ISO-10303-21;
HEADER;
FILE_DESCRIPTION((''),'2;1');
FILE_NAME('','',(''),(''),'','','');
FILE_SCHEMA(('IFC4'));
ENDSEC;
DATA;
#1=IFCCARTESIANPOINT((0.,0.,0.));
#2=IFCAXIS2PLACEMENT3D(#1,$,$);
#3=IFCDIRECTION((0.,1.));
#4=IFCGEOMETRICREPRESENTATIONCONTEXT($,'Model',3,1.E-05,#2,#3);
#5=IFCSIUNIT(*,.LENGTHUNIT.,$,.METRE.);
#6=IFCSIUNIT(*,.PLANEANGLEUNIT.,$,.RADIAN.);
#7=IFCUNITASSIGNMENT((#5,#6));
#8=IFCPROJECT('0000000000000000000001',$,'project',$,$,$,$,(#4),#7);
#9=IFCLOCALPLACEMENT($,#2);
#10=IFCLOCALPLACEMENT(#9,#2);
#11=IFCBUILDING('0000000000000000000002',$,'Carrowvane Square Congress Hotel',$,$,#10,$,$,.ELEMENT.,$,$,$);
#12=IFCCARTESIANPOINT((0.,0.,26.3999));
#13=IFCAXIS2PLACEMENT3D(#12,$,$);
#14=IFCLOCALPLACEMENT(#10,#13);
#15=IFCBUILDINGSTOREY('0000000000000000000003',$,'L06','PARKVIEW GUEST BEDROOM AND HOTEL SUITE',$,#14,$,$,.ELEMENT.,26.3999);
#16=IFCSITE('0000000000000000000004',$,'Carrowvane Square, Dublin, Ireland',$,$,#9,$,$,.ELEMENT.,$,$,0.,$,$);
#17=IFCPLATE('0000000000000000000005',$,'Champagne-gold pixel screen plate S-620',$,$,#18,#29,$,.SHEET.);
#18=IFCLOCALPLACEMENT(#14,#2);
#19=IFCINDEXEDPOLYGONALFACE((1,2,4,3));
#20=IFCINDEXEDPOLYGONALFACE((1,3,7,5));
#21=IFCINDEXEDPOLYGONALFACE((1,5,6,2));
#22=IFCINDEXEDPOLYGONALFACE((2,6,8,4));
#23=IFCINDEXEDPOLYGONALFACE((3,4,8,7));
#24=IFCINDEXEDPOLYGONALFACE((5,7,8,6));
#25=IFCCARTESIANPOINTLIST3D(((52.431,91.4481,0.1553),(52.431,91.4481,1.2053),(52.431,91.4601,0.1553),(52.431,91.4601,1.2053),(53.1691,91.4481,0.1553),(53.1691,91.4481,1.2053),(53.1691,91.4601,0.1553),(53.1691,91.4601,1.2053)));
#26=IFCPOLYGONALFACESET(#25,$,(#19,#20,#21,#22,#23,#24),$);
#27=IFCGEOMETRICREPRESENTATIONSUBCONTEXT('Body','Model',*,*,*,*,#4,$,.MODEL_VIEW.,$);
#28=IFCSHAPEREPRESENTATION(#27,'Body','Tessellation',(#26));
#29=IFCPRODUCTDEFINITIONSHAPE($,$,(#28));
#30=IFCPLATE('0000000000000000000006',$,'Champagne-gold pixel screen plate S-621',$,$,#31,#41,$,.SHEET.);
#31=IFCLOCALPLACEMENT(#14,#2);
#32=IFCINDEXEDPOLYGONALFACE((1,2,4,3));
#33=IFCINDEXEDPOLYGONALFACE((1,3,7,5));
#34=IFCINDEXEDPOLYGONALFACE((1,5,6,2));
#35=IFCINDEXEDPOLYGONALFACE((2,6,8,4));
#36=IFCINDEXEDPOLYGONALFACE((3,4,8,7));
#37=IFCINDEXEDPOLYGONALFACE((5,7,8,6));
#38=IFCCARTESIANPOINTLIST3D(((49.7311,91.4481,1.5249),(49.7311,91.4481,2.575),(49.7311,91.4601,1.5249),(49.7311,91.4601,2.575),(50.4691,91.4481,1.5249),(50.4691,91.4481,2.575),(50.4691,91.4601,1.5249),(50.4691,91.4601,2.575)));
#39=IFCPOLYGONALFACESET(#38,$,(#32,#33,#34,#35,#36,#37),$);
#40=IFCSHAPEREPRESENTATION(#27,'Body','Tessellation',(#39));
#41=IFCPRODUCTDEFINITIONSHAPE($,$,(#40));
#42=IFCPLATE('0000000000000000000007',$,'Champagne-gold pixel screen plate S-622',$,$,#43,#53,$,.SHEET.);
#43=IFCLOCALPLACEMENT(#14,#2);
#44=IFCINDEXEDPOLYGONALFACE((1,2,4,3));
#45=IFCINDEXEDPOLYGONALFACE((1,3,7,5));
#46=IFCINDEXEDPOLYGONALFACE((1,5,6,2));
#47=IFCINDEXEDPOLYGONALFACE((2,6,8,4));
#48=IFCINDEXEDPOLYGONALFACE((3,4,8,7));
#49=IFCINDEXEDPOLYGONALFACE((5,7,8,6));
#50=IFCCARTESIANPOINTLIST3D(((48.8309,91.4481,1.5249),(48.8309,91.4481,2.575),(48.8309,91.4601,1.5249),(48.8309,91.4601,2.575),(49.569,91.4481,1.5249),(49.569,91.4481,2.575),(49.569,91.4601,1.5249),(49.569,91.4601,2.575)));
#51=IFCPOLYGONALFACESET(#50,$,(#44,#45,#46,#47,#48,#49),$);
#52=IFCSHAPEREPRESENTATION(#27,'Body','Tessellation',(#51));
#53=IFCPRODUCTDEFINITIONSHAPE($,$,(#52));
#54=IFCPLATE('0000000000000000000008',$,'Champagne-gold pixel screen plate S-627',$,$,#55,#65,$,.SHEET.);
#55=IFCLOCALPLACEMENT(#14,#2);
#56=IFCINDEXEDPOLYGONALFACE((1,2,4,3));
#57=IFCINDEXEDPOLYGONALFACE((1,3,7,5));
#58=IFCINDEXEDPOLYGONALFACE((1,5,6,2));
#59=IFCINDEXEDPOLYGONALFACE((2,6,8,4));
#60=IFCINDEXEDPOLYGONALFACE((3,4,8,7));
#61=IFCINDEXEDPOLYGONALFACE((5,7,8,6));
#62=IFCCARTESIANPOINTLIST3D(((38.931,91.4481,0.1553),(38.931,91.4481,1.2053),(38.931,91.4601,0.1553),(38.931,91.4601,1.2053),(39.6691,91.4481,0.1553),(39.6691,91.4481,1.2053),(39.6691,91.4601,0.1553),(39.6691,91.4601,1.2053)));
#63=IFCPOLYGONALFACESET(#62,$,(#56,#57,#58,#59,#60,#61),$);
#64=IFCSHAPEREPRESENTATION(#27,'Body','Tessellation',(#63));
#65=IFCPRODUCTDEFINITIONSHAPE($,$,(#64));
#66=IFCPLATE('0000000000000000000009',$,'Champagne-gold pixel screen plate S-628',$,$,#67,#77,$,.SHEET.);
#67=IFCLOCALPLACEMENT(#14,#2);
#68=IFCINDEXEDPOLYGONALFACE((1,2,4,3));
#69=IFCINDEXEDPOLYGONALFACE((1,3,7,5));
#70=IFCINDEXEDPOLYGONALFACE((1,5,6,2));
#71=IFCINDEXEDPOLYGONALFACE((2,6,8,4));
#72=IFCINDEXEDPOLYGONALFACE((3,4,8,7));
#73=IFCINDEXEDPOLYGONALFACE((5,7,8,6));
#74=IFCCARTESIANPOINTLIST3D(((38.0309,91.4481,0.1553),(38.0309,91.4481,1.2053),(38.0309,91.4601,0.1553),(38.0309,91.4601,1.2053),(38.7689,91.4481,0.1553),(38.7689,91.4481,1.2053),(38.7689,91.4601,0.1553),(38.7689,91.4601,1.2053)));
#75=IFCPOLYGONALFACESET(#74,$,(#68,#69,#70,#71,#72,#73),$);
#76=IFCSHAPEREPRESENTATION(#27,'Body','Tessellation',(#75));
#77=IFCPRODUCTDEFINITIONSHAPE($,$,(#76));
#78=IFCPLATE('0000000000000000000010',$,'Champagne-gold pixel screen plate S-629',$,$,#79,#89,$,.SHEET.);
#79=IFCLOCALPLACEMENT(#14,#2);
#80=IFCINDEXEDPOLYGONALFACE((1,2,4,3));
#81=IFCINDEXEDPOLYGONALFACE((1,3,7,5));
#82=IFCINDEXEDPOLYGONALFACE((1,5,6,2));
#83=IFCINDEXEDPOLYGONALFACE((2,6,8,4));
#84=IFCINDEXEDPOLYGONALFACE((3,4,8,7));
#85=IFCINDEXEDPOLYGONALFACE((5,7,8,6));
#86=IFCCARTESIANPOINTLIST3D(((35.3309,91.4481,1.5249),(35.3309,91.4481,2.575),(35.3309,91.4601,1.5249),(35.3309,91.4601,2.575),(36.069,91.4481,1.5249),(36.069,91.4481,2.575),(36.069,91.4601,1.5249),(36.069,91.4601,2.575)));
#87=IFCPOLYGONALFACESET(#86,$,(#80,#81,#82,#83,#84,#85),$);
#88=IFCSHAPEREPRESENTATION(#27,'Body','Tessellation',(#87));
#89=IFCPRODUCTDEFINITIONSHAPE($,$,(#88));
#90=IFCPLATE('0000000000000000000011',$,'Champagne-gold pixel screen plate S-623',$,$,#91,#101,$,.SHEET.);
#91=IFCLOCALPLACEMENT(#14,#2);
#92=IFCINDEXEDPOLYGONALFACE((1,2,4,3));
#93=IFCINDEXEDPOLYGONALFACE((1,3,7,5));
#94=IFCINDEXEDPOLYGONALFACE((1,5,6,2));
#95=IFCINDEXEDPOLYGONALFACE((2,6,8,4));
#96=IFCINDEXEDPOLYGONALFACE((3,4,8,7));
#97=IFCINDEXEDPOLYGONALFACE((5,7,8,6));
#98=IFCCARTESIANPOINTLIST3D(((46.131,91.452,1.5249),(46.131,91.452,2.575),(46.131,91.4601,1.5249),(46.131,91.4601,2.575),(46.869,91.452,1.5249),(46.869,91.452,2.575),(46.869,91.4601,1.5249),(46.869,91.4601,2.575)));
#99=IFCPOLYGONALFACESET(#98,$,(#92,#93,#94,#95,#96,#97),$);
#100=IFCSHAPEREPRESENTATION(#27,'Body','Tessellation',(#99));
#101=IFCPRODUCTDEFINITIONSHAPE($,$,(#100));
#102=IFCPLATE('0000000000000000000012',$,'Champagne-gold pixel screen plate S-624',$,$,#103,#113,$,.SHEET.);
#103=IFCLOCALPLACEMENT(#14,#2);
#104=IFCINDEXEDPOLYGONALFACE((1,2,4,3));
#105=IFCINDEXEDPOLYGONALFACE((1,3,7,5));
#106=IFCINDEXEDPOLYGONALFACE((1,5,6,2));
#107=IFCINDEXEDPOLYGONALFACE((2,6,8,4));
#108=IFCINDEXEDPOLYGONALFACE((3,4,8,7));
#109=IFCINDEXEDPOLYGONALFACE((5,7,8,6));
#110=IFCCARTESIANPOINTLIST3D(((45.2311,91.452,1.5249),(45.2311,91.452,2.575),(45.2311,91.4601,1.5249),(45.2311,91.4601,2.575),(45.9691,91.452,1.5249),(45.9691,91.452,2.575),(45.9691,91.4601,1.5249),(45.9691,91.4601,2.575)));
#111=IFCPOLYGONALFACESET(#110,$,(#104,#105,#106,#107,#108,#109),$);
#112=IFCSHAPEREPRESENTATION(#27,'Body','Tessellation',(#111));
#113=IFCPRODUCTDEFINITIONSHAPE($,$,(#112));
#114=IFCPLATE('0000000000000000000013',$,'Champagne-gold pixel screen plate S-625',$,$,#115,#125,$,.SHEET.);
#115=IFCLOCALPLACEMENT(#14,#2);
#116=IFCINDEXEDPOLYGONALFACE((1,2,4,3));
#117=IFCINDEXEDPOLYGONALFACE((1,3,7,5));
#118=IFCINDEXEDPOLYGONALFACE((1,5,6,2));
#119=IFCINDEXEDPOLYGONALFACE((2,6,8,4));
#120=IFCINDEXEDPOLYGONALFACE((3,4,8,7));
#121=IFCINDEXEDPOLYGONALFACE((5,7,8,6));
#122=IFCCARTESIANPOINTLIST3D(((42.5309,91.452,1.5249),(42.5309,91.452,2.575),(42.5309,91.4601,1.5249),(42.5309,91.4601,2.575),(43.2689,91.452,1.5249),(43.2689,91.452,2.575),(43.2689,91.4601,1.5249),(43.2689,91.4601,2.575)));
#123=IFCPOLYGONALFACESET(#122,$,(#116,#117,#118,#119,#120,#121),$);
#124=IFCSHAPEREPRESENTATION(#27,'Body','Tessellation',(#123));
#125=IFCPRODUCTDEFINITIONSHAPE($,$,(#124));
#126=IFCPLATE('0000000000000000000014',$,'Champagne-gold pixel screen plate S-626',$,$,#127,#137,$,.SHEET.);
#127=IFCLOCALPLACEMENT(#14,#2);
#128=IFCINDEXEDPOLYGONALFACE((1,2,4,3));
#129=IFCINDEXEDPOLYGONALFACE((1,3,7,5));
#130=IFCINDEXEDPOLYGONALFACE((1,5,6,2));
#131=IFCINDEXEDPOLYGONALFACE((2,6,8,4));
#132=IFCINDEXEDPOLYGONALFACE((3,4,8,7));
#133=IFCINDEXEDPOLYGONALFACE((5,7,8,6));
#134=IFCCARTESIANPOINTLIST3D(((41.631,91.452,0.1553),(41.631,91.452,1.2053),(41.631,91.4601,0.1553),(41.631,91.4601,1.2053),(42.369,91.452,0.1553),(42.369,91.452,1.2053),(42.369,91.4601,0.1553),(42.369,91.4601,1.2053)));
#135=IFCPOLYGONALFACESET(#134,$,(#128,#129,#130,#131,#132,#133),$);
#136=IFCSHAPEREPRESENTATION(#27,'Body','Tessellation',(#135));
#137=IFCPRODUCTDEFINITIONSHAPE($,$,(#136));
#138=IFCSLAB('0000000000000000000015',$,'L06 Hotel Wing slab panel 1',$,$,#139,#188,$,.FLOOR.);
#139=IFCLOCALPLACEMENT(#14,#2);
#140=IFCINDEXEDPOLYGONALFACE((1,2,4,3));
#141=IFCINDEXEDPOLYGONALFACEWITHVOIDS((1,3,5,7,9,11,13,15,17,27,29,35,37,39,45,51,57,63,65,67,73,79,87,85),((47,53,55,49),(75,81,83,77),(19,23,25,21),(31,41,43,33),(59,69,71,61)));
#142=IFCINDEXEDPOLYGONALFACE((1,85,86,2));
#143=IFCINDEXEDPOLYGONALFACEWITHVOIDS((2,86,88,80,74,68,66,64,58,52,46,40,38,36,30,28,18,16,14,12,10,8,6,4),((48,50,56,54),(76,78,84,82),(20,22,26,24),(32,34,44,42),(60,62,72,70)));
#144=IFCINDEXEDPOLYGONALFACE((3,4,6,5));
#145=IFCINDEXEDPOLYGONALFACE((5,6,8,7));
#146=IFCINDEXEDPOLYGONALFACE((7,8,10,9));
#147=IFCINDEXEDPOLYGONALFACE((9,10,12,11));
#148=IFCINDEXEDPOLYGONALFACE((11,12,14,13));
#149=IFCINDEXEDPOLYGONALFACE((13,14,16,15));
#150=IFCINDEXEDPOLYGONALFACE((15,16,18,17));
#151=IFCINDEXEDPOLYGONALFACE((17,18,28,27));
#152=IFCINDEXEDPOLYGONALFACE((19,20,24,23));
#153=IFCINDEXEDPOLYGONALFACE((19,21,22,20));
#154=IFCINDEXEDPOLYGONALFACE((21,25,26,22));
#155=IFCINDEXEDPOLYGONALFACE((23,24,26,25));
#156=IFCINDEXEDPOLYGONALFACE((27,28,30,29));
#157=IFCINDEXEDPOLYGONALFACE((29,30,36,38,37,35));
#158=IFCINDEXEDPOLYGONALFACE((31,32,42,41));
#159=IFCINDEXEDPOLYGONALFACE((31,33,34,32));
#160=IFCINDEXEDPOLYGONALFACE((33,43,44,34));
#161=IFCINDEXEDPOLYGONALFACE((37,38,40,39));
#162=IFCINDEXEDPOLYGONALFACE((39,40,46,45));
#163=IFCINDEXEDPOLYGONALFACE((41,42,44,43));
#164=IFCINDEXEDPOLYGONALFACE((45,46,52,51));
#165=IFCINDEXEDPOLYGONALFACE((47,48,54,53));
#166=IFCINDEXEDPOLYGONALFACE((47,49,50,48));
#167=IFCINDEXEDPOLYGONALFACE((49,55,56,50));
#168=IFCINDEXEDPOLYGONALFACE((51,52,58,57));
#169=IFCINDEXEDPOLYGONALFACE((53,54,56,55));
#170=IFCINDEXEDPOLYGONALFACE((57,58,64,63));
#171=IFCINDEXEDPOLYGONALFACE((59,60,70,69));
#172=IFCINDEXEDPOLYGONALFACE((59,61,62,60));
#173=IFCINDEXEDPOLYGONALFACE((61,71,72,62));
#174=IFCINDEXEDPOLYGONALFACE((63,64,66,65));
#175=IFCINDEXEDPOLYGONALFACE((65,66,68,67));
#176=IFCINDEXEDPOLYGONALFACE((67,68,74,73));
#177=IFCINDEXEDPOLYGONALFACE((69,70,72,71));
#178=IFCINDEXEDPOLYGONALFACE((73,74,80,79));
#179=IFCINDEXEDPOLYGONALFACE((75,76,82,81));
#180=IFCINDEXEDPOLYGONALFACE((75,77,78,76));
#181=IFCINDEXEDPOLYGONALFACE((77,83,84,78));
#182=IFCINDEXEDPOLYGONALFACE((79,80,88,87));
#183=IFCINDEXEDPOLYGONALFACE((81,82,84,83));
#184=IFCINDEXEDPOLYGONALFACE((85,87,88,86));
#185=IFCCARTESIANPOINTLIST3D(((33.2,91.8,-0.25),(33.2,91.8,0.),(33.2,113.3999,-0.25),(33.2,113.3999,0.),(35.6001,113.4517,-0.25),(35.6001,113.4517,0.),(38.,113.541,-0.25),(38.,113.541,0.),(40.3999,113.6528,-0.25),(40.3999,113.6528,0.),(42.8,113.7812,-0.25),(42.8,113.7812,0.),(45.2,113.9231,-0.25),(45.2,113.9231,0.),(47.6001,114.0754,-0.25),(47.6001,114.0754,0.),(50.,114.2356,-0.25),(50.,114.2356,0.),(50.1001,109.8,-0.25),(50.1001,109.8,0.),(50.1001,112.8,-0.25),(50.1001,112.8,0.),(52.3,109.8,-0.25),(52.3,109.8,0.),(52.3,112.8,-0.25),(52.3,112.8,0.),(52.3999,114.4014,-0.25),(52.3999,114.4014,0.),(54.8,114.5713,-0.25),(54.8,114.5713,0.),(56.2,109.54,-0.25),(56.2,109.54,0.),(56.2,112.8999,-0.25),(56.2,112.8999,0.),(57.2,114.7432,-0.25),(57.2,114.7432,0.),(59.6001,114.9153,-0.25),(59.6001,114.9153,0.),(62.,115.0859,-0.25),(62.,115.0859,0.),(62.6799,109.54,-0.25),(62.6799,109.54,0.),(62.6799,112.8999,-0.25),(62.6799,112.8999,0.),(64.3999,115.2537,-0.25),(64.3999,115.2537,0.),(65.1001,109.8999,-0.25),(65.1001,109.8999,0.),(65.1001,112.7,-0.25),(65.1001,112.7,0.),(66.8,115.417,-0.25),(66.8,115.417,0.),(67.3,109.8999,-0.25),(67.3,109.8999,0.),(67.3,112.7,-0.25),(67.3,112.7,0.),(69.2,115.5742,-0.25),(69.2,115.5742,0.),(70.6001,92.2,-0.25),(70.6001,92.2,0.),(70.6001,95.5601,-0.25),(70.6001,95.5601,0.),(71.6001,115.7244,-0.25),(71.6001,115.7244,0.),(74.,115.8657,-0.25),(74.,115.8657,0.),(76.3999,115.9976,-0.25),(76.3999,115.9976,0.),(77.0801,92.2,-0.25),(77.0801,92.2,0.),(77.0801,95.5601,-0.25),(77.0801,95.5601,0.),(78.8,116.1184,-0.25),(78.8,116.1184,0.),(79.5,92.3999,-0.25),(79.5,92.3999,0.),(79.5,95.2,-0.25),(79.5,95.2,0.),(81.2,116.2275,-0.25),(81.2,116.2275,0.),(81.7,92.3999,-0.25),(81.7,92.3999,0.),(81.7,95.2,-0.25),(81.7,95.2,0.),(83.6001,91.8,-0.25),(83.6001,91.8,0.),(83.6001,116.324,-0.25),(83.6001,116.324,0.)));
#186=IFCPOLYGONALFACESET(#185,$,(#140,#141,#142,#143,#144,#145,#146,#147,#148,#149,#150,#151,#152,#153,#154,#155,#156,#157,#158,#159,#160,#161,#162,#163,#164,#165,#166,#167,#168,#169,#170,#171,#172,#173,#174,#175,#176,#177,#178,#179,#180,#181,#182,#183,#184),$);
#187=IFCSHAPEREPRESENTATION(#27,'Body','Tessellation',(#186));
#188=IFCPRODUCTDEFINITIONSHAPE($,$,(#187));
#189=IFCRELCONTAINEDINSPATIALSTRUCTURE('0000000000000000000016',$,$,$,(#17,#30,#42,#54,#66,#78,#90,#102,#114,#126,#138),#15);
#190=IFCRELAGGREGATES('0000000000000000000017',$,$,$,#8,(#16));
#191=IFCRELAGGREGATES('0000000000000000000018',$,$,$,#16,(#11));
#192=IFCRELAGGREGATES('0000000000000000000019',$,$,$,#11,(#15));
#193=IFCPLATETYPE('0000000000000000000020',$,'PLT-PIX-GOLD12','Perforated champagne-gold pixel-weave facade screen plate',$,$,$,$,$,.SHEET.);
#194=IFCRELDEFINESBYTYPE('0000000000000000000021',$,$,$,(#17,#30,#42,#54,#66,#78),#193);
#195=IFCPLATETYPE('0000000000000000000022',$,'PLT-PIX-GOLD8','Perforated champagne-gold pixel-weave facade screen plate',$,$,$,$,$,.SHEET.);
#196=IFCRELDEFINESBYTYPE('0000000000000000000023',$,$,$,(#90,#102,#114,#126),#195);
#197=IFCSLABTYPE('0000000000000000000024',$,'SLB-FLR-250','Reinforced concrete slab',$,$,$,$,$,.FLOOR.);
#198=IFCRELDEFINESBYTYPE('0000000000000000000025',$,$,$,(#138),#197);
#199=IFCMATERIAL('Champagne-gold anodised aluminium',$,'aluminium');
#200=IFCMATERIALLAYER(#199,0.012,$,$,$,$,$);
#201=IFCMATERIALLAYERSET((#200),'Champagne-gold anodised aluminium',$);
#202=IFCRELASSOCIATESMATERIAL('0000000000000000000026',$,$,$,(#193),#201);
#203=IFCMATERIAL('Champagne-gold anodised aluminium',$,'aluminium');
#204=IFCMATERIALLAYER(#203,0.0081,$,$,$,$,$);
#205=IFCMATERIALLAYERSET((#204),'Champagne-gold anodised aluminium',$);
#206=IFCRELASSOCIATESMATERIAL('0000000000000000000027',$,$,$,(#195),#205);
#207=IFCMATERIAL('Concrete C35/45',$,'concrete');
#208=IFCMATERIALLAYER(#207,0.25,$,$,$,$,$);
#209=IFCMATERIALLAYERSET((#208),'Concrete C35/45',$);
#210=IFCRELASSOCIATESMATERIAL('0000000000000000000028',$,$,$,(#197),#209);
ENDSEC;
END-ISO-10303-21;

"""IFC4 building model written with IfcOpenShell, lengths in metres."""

from ifc_helpers import new_model, si_unit, direction, frame, origin, origin_2d, place, context, subcontext, project, spatial, polyline, rectangle, outline, extrude, material, layer, layer_set, type_object, element, save


model = new_model("IFC4")

# Units and contexts
model_context = context("Model", 3, precision=1e-05, world=origin(), true_north=direction((0.0, 1.0)))
body_context = subcontext(model_context, "Body", "Model", "MODEL_VIEW")
ifc_project = project(units=[si_unit("LENGTHUNIT", "METRE"), si_unit("PLANEANGLEUNIT", "RADIAN")], contexts=[model_context])

# Site, building, storey
site_placement = place(None, origin())
site = spatial("IfcSite", under=ifc_project, at=site_placement, Name="Carrowvane Square, Dublin, Ireland", CompositionType="ELEMENT", RefElevation=0.0)
building_placement = place(site_placement, origin())
building = spatial("IfcBuilding", under=site, at=building_placement, Name="Carrowvane Square Congress Hotel", CompositionType="ELEMENT")
storey_placement = place(building_placement, frame((0.0, 0.0, 26.3999)))
storey = spatial("IfcBuildingStorey", under=building, at=storey_placement, Name="L06", Description="PARKVIEW GUEST BEDROOM AND HOTEL SUITE", CompositionType="ELEMENT", Elevation=26.3999)

# Plates
ifc_material_1 = material(Name="Champagne-gold anodised aluminium", Category="aluminium")
ifc_layer_1 = layer(ifc_material_1, 0.012)
ifc_layer_set_1 = layer_set([ifc_layer_1], Name="Champagne-gold anodised aluminium")
plate_type_1 = type_object("IfcPlateType", Name="PLT-PIX-GOLD12", Description="Perforated champagne-gold pixel-weave facade screen plate", PredefinedType="SHEET", material=ifc_layer_set_1)
for number, where, z_axis, x_axis, name in (
    (1, (52.8, 91.4541, 0.1553), (0.0, 0.0, 1.0), (-1.0, 0.0, 0.0), "Champagne-gold pixel screen plate S-620"),
    (2, (50.1001, 91.4541, 1.5249), (0.0, 0.0, 1.0), (-1.0, 0.0, 0.0), "Champagne-gold pixel screen plate S-621"),
    (3, (49.2, 91.4541, 1.5249), (0.0, 0.0, 1.0), (-1.0, 0.0, 0.0), "Champagne-gold pixel screen plate S-622"),
    (4, (39.3, 91.4541, 0.1553), (0.0, 0.0, 1.0), (-1.0, 0.0, 0.0), "Champagne-gold pixel screen plate S-627"),
    (5, (38.3999, 91.4541, 0.1553), (0.0, 0.0, 1.0), (-1.0, 0.0, 0.0), "Champagne-gold pixel screen plate S-628"),
    (6, (35.7, 91.4541, 1.5249), (0.0, 0.0, 1.0), (-1.0, 0.0, 0.0), "Champagne-gold pixel screen plate S-629"),
):
    element("IfcPlate", number, at=place(storey_placement, frame(where, z_axis=z_axis, x_axis=x_axis)), inside=storey, type_object=plate_type_1, Name=name, PredefinedType="SHEET", context=body_context, shape_type="SweptSolid", body=[
        extrude(rectangle(XDim=0.738, YDim=0.012, at=origin_2d()), origin(), (0.0, 0.0, 1.0), 1.05),
    ])
ifc_material_2 = material(Name="Champagne-gold anodised aluminium", Category="aluminium")
ifc_layer_2 = layer(ifc_material_2, 0.0081)
ifc_layer_set_2 = layer_set([ifc_layer_2], Name="Champagne-gold anodised aluminium")
plate_type_2 = type_object("IfcPlateType", Name="PLT-PIX-GOLD8", Description="Perforated champagne-gold pixel-weave facade screen plate", PredefinedType="SHEET", material=ifc_layer_set_2)
for number, where, z_axis, x_axis, name in (
    (7, (46.5, 91.4561, 1.5249), (0.0, 0.0, 1.0), (-1.0, 0.0, 0.0), "Champagne-gold pixel screen plate S-623"),
    (8, (45.6001, 91.4561, 1.5249), (0.0, 0.0, 1.0), (-1.0, 0.0, 0.0), "Champagne-gold pixel screen plate S-624"),
    (9, (42.8999, 91.4561, 1.5249), (0.0, 0.0, 1.0), (-1.0, 0.0, 0.0), "Champagne-gold pixel screen plate S-625"),
    (10, (42.0, 91.4561, 0.1553), (0.0, 0.0, 1.0), (-1.0, 0.0, 0.0), "Champagne-gold pixel screen plate S-626"),
):
    element("IfcPlate", number, at=place(storey_placement, frame(where, z_axis=z_axis, x_axis=x_axis)), inside=storey, type_object=plate_type_2, Name=name, PredefinedType="SHEET", context=body_context, shape_type="SweptSolid", body=[
        extrude(rectangle(XDim=0.738, YDim=0.0081, at=origin_2d()), origin(), (0.0, 0.0, 1.0), 1.05),
    ])

# Slab
ifc_material_3 = material(Name="Concrete C35/45", Category="concrete")
ifc_layer_3 = layer(ifc_material_3, 0.25)
ifc_layer_set_3 = layer_set([ifc_layer_3], Name="Concrete C35/45")
slab_type_1 = type_object("IfcSlabType", Name="SLB-FLR-250", Description="Reinforced concrete slab", PredefinedType="FLOOR", material=ifc_layer_set_3)
slab_1_placement = place(storey_placement, frame((0.0, 0.0, -0.25)))
element("IfcSlab", 11, at=slab_1_placement, inside=storey, type_object=slab_type_1, Name="L06 Hotel Wing slab panel 1", PredefinedType="FLOOR", context=body_context, shape_type="SweptSolid", body=[
    extrude(outline(polyline([(33.2, 91.8), (83.6001, 91.8), (83.6001, 116.324), (81.2, 116.2275), (78.8, 116.1184), (76.3999, 115.9976), (74.0, 115.8657), (71.6001, 115.7244), (69.2, 115.5742), (66.8, 115.417), (64.3999, 115.2537), (62.0, 115.0859), (59.6001, 114.9153), (57.2, 114.7432), (54.8, 114.5713), (52.3999, 114.4014), (50.0, 114.2356), (47.6001, 114.0754), (45.2, 113.9231), (42.8, 113.7812), (40.3999, 113.6528), (38.0, 113.541), (35.6001, 113.4517), (33.2, 113.3999), (33.2, 91.8)]), holes=[polyline([(62.6799, 112.8999), (56.2, 112.8999), (56.2, 109.54), (62.6799, 109.54), (62.6799, 112.8999)]), polyline([(77.0801, 95.5601), (70.6001, 95.5601), (70.6001, 92.2), (77.0801, 92.2), (77.0801, 95.5601)]), polyline([(65.1001, 109.8999), (67.3, 109.8999), (67.3, 112.7), (65.1001, 112.7), (65.1001, 109.8999)]), polyline([(79.5, 92.3999), (81.7, 92.3999), (81.7, 95.2), (79.5, 95.2), (79.5, 92.3999)]), polyline([(50.1001, 109.8), (52.3, 109.8), (52.3, 112.8), (50.1001, 112.8), (50.1001, 109.8)])]), origin(), (0.0, 0.0, 1.0), 0.25),
])

save(model, "model.ifc")
